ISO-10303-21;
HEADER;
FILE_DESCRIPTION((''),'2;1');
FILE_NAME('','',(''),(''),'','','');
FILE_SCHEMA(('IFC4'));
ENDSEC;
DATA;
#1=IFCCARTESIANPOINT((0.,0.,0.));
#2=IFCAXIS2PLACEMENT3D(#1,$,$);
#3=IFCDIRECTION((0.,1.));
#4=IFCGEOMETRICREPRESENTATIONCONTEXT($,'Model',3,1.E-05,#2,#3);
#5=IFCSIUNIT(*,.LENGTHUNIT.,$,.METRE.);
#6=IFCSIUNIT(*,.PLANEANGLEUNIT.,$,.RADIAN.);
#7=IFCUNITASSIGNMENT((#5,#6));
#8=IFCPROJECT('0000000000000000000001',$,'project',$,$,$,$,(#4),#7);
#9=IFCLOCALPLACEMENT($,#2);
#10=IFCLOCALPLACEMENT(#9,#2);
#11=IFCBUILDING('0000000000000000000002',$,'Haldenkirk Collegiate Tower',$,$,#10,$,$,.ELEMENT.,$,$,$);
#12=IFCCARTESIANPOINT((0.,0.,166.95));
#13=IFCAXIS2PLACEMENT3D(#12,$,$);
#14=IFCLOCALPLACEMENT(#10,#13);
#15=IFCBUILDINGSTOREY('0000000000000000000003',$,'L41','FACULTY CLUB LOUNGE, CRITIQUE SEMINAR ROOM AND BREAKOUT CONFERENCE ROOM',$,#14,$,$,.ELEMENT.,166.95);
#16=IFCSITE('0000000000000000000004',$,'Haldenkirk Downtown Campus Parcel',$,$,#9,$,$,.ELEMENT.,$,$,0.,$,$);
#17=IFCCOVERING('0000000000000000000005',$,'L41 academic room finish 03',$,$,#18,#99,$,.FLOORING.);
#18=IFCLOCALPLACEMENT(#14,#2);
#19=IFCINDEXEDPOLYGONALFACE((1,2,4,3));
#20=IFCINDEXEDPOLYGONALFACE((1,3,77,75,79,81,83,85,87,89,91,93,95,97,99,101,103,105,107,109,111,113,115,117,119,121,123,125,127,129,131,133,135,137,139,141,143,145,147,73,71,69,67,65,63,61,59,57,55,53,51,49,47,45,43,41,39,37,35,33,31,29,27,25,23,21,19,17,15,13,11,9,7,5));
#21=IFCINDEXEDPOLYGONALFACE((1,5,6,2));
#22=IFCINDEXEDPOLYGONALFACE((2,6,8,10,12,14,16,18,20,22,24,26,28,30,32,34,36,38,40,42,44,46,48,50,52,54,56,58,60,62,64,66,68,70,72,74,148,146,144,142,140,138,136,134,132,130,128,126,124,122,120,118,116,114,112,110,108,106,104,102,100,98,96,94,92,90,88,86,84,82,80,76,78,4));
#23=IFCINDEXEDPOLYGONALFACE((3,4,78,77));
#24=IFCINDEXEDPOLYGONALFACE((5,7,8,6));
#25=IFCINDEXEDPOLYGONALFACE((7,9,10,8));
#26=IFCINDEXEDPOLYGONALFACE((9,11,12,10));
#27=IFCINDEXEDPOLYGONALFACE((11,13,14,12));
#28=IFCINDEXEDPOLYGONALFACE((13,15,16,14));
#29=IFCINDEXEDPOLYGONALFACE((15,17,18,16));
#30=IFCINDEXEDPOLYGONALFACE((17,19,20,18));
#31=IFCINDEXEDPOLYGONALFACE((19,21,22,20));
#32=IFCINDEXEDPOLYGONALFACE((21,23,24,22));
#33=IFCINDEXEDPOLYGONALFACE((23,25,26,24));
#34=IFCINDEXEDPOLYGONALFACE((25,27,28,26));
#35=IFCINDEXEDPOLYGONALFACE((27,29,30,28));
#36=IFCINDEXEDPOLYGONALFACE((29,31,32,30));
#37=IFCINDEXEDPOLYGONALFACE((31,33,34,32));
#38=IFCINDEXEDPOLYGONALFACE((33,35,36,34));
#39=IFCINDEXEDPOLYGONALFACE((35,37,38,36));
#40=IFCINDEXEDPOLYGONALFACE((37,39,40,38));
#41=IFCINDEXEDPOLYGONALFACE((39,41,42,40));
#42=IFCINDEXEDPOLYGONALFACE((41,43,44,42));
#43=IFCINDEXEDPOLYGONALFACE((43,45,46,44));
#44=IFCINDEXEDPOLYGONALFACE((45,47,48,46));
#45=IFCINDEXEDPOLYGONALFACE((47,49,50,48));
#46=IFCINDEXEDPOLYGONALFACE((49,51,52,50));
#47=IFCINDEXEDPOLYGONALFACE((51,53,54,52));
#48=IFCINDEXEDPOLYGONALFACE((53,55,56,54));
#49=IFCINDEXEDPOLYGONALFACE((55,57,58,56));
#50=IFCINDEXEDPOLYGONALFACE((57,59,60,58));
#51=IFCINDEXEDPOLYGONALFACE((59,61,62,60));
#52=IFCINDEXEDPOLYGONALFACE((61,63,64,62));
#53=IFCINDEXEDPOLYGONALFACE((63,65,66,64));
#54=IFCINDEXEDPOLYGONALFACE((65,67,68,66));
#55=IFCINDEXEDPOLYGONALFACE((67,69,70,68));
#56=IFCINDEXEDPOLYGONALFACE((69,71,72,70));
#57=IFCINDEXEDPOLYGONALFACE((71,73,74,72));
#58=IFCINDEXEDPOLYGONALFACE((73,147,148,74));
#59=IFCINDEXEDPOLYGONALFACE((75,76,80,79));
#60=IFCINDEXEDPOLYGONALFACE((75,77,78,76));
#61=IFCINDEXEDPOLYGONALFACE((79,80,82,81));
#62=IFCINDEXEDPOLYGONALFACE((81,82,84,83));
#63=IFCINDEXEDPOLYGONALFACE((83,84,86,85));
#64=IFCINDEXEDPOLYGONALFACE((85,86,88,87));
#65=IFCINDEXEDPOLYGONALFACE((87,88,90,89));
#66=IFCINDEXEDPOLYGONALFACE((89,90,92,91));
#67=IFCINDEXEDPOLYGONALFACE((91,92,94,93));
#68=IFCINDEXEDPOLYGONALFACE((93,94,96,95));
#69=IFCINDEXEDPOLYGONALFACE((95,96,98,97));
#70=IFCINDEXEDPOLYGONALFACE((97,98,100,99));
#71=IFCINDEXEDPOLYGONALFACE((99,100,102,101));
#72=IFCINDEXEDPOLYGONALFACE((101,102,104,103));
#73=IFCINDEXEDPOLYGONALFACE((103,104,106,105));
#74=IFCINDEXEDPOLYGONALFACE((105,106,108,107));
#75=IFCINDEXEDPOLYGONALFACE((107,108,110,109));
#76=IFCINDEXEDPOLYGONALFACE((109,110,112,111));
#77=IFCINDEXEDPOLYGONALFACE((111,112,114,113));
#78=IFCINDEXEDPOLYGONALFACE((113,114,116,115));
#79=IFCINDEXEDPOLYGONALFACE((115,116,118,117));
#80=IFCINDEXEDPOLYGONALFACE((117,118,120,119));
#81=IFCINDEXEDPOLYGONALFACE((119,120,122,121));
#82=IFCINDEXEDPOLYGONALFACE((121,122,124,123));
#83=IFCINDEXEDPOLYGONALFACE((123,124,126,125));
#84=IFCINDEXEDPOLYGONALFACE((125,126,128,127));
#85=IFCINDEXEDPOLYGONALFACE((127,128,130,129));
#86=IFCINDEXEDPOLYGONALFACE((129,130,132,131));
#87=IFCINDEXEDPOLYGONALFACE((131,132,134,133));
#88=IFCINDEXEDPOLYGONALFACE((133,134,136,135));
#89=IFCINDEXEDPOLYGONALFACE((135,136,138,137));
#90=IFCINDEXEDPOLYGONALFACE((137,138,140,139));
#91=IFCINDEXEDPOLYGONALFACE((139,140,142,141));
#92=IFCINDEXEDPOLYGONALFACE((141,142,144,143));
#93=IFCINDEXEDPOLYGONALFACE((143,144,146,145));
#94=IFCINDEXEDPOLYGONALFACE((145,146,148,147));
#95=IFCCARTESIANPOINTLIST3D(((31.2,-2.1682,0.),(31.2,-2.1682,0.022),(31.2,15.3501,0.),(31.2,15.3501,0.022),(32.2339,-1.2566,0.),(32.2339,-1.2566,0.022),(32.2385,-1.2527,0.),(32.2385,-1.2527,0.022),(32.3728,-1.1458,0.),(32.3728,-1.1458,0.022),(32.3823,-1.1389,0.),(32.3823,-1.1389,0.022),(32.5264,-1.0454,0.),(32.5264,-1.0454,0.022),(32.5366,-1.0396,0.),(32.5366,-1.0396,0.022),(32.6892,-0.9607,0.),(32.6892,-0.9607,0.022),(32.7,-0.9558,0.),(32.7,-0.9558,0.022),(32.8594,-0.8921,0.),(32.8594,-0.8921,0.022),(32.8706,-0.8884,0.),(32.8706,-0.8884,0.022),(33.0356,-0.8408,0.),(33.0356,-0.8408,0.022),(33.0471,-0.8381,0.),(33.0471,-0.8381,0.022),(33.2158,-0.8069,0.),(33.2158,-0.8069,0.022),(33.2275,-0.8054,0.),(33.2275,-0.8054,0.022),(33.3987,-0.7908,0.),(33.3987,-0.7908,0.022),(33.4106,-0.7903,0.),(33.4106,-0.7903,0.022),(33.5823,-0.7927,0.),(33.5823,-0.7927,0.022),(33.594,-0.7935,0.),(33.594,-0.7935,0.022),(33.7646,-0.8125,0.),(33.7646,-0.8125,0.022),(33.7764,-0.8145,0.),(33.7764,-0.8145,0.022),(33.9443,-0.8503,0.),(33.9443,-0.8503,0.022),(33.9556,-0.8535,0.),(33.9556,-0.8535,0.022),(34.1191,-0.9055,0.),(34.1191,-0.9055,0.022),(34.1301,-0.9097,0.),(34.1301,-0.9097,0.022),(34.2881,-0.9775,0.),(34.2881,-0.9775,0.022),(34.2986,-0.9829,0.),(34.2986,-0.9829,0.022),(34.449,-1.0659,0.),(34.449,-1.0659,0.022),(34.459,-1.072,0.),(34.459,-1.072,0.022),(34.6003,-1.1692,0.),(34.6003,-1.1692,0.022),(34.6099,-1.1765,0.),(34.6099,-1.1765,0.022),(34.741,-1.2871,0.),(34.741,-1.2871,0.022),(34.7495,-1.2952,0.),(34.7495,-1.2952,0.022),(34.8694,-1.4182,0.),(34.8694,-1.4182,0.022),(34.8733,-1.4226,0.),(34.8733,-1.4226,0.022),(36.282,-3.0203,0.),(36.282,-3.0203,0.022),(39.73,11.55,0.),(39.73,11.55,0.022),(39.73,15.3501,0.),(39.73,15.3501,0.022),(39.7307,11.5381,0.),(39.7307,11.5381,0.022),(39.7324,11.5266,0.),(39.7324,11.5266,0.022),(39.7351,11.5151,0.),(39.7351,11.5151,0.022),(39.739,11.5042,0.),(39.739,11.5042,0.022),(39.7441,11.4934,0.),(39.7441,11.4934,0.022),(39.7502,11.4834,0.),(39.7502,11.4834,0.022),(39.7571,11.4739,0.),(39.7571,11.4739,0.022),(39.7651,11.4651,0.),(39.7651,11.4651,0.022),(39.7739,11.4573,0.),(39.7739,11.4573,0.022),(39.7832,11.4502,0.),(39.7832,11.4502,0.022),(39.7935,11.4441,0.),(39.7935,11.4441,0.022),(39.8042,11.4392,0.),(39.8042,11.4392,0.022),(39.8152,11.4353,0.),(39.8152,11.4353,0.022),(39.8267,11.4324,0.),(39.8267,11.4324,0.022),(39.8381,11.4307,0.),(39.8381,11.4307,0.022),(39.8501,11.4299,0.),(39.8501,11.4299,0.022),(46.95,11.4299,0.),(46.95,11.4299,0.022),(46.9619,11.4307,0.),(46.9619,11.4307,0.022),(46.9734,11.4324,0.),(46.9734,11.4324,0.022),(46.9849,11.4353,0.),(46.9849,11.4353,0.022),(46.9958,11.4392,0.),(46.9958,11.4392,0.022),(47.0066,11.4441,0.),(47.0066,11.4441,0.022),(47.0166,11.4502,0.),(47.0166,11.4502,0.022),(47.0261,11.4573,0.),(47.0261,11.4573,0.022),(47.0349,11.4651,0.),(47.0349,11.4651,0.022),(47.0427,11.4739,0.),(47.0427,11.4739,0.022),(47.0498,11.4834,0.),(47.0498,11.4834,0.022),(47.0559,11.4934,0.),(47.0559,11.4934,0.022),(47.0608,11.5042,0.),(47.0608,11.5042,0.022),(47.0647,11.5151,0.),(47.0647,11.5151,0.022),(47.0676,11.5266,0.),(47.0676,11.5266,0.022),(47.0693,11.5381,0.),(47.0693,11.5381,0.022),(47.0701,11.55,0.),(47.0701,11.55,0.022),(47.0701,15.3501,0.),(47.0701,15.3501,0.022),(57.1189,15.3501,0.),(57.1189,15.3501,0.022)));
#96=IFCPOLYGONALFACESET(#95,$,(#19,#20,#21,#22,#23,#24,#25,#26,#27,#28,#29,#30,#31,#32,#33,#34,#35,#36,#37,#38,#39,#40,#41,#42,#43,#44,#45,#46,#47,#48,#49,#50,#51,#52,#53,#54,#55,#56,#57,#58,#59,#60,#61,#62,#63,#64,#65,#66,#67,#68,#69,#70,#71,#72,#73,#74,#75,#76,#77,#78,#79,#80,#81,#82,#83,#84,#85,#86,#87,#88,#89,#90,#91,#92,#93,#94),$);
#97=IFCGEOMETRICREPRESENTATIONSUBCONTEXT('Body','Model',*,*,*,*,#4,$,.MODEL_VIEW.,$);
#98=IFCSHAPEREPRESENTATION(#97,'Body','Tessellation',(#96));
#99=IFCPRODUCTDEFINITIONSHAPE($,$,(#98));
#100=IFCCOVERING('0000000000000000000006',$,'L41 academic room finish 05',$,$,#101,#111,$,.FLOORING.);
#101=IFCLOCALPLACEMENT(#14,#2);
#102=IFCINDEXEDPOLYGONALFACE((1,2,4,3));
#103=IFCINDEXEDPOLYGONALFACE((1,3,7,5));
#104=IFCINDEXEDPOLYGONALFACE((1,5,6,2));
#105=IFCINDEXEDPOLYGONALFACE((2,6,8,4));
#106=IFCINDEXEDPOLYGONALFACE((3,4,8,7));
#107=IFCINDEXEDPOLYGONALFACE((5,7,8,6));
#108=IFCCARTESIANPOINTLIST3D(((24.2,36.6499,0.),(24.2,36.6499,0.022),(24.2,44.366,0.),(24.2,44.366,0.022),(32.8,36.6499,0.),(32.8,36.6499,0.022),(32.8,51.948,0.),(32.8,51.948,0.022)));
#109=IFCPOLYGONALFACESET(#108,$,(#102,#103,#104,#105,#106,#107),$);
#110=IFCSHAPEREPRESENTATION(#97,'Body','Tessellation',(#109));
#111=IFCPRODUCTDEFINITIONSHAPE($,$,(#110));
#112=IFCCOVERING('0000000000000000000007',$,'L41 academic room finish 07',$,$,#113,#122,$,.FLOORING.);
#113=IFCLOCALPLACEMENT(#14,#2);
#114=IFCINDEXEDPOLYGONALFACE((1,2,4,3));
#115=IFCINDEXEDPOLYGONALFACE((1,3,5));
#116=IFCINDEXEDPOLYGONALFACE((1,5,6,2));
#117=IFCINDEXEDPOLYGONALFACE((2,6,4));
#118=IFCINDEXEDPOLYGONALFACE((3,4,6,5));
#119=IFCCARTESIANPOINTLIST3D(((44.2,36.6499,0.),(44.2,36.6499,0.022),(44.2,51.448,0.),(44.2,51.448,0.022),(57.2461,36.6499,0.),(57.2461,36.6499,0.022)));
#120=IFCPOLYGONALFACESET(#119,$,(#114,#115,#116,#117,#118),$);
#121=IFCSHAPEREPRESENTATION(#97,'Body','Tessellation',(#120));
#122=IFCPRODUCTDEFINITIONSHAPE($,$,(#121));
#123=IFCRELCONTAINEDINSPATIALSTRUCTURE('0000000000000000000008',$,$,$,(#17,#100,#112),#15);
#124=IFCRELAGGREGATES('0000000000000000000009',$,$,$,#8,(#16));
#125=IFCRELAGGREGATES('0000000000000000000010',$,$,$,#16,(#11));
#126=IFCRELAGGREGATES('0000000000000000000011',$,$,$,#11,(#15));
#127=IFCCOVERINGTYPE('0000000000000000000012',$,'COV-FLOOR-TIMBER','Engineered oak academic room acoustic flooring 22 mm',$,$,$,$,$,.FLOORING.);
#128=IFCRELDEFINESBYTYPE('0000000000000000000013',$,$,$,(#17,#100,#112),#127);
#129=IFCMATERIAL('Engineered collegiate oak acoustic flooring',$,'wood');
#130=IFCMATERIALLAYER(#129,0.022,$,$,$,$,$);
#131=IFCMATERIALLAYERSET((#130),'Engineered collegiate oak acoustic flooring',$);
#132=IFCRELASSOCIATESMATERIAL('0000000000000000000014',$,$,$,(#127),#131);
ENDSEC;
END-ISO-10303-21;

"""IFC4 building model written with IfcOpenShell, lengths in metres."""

from ifc_helpers import new_model, si_unit, direction, frame, origin, place, context, subcontext, project, spatial, polyline, outline, extrude, material, layer, layer_set, type_object, element, save


model = new_model("IFC4")

# Units and contexts
model_context = context("Model", 3, precision=1e-05, world=origin(), true_north=direction((0.0, 1.0)))
body_context = subcontext(model_context, "Body", "Model", "MODEL_VIEW")
ifc_project = project(units=[si_unit("LENGTHUNIT", "METRE"), si_unit("PLANEANGLEUNIT", "RADIAN")], contexts=[model_context])

# Site, building, storey
site_placement = place(None, origin())
site = spatial("IfcSite", under=ifc_project, at=site_placement, Name="Haldenkirk Downtown Campus Parcel", CompositionType="ELEMENT", RefElevation=0.0)
building_placement = place(site_placement, origin())
building = spatial("IfcBuilding", under=site, at=building_placement, Name="Haldenkirk Collegiate Tower", CompositionType="ELEMENT")
storey_placement = place(building_placement, frame((0.0, 0.0, 166.95)))
storey = spatial("IfcBuildingStorey", under=building, at=storey_placement, Name="L41", Description="FACULTY CLUB LOUNGE, CRITIQUE SEMINAR ROOM AND BREAKOUT CONFERENCE ROOM", CompositionType="ELEMENT", Elevation=166.95)

# Coverings
ifc_material_1 = material(Name="Engineered collegiate oak acoustic flooring", Category="wood")
ifc_layer_1 = layer(ifc_material_1, 0.022)
ifc_layer_set_1 = layer_set([ifc_layer_1], Name="Engineered collegiate oak acoustic flooring")
covering_type_1 = type_object("IfcCoveringType", Name="COV-FLOOR-TIMBER", Description="Engineered oak academic room acoustic flooring 22 mm", PredefinedType="FLOORING", material=ifc_layer_set_1)
covering_1_placement = place(storey_placement, origin())
element("IfcCovering", 1, at=covering_1_placement, inside=storey, type_object=covering_type_1, Name="L41 academic room finish 03", PredefinedType="FLOORING", context=body_context, shape_type="SweptSolid", body=[
    extrude(outline(polyline([(34.2986, -0.9829), (34.2881, -0.9775), (34.1301, -0.9097), (34.1191, -0.9055), (33.9556, -0.8535), (33.9443, -0.8503), (33.7764, -0.8145), (33.7646, -0.8125), (33.594, -0.7935), (33.5823, -0.7927), (33.4106, -0.7903), (33.3987, -0.7908), (33.2275, -0.8054), (33.2158, -0.8069), (33.0471, -0.8381), (33.0356, -0.8408), (32.8706, -0.8884), (32.8594, -0.8921), (32.7, -0.9558), (32.6892, -0.9607), (32.5366, -1.0396), (32.5264, -1.0454), (32.3823, -1.1389), (32.3728, -1.1458), (32.2385, -1.2527), (32.2339, -1.2566), (31.2, -2.1682), (31.2, 15.3501), (39.73, 15.3501), (39.73, 11.55), (39.7307, 11.5381), (39.7324, 11.5266), (39.7351, 11.5151), (39.739, 11.5042), (39.7441, 11.4934), (39.7502, 11.4834), (39.7571, 11.4739), (39.7651, 11.4651), (39.7739, 11.4573), (39.7832, 11.4502), (39.7935, 11.4441), (39.8042, 11.4392), (39.8152, 11.4353), (39.8267, 11.4324), (39.8381, 11.4307), (39.8501, 11.4299), (46.95, 11.4299), (46.9619, 11.4307), (46.9734, 11.4324), (46.9849, 11.4353), (46.9958, 11.4392), (47.0066, 11.4441), (47.0166, 11.4502), (47.0261, 11.4573), (47.0349, 11.4651), (47.0427, 11.4739), (47.0498, 11.4834), (47.0559, 11.4934), (47.0608, 11.5042), (47.0647, 11.5151), (47.0676, 11.5266), (47.0693, 11.5381), (47.0701, 11.55), (47.0701, 15.3501), (57.1189, 15.3501), (36.282, -3.0203), (34.8733, -1.4226), (34.8694, -1.4182), (34.7495, -1.2952), (34.741, -1.2871), (34.6099, -1.1765), (34.6003, -1.1692), (34.459, -1.072), (34.449, -1.0659), (34.2986, -0.9829)])), origin(), (0.0, 0.0, 1.0), 0.022),
])
covering_2_placement = place(storey_placement, origin())
element("IfcCovering", 2, at=covering_2_placement, inside=storey, type_object=covering_type_1, Name="L41 academic room finish 05", PredefinedType="FLOORING", context=body_context, shape_type="SweptSolid", body=[
    extrude(outline(polyline([(32.8, 51.948), (32.8, 36.6499), (24.2, 36.6499), (24.2, 44.366), (32.8, 51.948)])), origin(), (0.0, 0.0, 1.0), 0.022),
])
covering_3_placement = place(storey_placement, origin())
element("IfcCovering", 3, at=covering_3_placement, inside=storey, type_object=covering_type_1, Name="L41 academic room finish 07", PredefinedType="FLOORING", context=body_context, shape_type="SweptSolid", body=[
    extrude(outline(polyline([(57.2461, 36.6499), (44.2, 36.6499), (44.2, 51.448), (57.2461, 36.6499)])), origin(), (0.0, 0.0, 1.0), 0.022),
])

save(model, "model.ifc")
